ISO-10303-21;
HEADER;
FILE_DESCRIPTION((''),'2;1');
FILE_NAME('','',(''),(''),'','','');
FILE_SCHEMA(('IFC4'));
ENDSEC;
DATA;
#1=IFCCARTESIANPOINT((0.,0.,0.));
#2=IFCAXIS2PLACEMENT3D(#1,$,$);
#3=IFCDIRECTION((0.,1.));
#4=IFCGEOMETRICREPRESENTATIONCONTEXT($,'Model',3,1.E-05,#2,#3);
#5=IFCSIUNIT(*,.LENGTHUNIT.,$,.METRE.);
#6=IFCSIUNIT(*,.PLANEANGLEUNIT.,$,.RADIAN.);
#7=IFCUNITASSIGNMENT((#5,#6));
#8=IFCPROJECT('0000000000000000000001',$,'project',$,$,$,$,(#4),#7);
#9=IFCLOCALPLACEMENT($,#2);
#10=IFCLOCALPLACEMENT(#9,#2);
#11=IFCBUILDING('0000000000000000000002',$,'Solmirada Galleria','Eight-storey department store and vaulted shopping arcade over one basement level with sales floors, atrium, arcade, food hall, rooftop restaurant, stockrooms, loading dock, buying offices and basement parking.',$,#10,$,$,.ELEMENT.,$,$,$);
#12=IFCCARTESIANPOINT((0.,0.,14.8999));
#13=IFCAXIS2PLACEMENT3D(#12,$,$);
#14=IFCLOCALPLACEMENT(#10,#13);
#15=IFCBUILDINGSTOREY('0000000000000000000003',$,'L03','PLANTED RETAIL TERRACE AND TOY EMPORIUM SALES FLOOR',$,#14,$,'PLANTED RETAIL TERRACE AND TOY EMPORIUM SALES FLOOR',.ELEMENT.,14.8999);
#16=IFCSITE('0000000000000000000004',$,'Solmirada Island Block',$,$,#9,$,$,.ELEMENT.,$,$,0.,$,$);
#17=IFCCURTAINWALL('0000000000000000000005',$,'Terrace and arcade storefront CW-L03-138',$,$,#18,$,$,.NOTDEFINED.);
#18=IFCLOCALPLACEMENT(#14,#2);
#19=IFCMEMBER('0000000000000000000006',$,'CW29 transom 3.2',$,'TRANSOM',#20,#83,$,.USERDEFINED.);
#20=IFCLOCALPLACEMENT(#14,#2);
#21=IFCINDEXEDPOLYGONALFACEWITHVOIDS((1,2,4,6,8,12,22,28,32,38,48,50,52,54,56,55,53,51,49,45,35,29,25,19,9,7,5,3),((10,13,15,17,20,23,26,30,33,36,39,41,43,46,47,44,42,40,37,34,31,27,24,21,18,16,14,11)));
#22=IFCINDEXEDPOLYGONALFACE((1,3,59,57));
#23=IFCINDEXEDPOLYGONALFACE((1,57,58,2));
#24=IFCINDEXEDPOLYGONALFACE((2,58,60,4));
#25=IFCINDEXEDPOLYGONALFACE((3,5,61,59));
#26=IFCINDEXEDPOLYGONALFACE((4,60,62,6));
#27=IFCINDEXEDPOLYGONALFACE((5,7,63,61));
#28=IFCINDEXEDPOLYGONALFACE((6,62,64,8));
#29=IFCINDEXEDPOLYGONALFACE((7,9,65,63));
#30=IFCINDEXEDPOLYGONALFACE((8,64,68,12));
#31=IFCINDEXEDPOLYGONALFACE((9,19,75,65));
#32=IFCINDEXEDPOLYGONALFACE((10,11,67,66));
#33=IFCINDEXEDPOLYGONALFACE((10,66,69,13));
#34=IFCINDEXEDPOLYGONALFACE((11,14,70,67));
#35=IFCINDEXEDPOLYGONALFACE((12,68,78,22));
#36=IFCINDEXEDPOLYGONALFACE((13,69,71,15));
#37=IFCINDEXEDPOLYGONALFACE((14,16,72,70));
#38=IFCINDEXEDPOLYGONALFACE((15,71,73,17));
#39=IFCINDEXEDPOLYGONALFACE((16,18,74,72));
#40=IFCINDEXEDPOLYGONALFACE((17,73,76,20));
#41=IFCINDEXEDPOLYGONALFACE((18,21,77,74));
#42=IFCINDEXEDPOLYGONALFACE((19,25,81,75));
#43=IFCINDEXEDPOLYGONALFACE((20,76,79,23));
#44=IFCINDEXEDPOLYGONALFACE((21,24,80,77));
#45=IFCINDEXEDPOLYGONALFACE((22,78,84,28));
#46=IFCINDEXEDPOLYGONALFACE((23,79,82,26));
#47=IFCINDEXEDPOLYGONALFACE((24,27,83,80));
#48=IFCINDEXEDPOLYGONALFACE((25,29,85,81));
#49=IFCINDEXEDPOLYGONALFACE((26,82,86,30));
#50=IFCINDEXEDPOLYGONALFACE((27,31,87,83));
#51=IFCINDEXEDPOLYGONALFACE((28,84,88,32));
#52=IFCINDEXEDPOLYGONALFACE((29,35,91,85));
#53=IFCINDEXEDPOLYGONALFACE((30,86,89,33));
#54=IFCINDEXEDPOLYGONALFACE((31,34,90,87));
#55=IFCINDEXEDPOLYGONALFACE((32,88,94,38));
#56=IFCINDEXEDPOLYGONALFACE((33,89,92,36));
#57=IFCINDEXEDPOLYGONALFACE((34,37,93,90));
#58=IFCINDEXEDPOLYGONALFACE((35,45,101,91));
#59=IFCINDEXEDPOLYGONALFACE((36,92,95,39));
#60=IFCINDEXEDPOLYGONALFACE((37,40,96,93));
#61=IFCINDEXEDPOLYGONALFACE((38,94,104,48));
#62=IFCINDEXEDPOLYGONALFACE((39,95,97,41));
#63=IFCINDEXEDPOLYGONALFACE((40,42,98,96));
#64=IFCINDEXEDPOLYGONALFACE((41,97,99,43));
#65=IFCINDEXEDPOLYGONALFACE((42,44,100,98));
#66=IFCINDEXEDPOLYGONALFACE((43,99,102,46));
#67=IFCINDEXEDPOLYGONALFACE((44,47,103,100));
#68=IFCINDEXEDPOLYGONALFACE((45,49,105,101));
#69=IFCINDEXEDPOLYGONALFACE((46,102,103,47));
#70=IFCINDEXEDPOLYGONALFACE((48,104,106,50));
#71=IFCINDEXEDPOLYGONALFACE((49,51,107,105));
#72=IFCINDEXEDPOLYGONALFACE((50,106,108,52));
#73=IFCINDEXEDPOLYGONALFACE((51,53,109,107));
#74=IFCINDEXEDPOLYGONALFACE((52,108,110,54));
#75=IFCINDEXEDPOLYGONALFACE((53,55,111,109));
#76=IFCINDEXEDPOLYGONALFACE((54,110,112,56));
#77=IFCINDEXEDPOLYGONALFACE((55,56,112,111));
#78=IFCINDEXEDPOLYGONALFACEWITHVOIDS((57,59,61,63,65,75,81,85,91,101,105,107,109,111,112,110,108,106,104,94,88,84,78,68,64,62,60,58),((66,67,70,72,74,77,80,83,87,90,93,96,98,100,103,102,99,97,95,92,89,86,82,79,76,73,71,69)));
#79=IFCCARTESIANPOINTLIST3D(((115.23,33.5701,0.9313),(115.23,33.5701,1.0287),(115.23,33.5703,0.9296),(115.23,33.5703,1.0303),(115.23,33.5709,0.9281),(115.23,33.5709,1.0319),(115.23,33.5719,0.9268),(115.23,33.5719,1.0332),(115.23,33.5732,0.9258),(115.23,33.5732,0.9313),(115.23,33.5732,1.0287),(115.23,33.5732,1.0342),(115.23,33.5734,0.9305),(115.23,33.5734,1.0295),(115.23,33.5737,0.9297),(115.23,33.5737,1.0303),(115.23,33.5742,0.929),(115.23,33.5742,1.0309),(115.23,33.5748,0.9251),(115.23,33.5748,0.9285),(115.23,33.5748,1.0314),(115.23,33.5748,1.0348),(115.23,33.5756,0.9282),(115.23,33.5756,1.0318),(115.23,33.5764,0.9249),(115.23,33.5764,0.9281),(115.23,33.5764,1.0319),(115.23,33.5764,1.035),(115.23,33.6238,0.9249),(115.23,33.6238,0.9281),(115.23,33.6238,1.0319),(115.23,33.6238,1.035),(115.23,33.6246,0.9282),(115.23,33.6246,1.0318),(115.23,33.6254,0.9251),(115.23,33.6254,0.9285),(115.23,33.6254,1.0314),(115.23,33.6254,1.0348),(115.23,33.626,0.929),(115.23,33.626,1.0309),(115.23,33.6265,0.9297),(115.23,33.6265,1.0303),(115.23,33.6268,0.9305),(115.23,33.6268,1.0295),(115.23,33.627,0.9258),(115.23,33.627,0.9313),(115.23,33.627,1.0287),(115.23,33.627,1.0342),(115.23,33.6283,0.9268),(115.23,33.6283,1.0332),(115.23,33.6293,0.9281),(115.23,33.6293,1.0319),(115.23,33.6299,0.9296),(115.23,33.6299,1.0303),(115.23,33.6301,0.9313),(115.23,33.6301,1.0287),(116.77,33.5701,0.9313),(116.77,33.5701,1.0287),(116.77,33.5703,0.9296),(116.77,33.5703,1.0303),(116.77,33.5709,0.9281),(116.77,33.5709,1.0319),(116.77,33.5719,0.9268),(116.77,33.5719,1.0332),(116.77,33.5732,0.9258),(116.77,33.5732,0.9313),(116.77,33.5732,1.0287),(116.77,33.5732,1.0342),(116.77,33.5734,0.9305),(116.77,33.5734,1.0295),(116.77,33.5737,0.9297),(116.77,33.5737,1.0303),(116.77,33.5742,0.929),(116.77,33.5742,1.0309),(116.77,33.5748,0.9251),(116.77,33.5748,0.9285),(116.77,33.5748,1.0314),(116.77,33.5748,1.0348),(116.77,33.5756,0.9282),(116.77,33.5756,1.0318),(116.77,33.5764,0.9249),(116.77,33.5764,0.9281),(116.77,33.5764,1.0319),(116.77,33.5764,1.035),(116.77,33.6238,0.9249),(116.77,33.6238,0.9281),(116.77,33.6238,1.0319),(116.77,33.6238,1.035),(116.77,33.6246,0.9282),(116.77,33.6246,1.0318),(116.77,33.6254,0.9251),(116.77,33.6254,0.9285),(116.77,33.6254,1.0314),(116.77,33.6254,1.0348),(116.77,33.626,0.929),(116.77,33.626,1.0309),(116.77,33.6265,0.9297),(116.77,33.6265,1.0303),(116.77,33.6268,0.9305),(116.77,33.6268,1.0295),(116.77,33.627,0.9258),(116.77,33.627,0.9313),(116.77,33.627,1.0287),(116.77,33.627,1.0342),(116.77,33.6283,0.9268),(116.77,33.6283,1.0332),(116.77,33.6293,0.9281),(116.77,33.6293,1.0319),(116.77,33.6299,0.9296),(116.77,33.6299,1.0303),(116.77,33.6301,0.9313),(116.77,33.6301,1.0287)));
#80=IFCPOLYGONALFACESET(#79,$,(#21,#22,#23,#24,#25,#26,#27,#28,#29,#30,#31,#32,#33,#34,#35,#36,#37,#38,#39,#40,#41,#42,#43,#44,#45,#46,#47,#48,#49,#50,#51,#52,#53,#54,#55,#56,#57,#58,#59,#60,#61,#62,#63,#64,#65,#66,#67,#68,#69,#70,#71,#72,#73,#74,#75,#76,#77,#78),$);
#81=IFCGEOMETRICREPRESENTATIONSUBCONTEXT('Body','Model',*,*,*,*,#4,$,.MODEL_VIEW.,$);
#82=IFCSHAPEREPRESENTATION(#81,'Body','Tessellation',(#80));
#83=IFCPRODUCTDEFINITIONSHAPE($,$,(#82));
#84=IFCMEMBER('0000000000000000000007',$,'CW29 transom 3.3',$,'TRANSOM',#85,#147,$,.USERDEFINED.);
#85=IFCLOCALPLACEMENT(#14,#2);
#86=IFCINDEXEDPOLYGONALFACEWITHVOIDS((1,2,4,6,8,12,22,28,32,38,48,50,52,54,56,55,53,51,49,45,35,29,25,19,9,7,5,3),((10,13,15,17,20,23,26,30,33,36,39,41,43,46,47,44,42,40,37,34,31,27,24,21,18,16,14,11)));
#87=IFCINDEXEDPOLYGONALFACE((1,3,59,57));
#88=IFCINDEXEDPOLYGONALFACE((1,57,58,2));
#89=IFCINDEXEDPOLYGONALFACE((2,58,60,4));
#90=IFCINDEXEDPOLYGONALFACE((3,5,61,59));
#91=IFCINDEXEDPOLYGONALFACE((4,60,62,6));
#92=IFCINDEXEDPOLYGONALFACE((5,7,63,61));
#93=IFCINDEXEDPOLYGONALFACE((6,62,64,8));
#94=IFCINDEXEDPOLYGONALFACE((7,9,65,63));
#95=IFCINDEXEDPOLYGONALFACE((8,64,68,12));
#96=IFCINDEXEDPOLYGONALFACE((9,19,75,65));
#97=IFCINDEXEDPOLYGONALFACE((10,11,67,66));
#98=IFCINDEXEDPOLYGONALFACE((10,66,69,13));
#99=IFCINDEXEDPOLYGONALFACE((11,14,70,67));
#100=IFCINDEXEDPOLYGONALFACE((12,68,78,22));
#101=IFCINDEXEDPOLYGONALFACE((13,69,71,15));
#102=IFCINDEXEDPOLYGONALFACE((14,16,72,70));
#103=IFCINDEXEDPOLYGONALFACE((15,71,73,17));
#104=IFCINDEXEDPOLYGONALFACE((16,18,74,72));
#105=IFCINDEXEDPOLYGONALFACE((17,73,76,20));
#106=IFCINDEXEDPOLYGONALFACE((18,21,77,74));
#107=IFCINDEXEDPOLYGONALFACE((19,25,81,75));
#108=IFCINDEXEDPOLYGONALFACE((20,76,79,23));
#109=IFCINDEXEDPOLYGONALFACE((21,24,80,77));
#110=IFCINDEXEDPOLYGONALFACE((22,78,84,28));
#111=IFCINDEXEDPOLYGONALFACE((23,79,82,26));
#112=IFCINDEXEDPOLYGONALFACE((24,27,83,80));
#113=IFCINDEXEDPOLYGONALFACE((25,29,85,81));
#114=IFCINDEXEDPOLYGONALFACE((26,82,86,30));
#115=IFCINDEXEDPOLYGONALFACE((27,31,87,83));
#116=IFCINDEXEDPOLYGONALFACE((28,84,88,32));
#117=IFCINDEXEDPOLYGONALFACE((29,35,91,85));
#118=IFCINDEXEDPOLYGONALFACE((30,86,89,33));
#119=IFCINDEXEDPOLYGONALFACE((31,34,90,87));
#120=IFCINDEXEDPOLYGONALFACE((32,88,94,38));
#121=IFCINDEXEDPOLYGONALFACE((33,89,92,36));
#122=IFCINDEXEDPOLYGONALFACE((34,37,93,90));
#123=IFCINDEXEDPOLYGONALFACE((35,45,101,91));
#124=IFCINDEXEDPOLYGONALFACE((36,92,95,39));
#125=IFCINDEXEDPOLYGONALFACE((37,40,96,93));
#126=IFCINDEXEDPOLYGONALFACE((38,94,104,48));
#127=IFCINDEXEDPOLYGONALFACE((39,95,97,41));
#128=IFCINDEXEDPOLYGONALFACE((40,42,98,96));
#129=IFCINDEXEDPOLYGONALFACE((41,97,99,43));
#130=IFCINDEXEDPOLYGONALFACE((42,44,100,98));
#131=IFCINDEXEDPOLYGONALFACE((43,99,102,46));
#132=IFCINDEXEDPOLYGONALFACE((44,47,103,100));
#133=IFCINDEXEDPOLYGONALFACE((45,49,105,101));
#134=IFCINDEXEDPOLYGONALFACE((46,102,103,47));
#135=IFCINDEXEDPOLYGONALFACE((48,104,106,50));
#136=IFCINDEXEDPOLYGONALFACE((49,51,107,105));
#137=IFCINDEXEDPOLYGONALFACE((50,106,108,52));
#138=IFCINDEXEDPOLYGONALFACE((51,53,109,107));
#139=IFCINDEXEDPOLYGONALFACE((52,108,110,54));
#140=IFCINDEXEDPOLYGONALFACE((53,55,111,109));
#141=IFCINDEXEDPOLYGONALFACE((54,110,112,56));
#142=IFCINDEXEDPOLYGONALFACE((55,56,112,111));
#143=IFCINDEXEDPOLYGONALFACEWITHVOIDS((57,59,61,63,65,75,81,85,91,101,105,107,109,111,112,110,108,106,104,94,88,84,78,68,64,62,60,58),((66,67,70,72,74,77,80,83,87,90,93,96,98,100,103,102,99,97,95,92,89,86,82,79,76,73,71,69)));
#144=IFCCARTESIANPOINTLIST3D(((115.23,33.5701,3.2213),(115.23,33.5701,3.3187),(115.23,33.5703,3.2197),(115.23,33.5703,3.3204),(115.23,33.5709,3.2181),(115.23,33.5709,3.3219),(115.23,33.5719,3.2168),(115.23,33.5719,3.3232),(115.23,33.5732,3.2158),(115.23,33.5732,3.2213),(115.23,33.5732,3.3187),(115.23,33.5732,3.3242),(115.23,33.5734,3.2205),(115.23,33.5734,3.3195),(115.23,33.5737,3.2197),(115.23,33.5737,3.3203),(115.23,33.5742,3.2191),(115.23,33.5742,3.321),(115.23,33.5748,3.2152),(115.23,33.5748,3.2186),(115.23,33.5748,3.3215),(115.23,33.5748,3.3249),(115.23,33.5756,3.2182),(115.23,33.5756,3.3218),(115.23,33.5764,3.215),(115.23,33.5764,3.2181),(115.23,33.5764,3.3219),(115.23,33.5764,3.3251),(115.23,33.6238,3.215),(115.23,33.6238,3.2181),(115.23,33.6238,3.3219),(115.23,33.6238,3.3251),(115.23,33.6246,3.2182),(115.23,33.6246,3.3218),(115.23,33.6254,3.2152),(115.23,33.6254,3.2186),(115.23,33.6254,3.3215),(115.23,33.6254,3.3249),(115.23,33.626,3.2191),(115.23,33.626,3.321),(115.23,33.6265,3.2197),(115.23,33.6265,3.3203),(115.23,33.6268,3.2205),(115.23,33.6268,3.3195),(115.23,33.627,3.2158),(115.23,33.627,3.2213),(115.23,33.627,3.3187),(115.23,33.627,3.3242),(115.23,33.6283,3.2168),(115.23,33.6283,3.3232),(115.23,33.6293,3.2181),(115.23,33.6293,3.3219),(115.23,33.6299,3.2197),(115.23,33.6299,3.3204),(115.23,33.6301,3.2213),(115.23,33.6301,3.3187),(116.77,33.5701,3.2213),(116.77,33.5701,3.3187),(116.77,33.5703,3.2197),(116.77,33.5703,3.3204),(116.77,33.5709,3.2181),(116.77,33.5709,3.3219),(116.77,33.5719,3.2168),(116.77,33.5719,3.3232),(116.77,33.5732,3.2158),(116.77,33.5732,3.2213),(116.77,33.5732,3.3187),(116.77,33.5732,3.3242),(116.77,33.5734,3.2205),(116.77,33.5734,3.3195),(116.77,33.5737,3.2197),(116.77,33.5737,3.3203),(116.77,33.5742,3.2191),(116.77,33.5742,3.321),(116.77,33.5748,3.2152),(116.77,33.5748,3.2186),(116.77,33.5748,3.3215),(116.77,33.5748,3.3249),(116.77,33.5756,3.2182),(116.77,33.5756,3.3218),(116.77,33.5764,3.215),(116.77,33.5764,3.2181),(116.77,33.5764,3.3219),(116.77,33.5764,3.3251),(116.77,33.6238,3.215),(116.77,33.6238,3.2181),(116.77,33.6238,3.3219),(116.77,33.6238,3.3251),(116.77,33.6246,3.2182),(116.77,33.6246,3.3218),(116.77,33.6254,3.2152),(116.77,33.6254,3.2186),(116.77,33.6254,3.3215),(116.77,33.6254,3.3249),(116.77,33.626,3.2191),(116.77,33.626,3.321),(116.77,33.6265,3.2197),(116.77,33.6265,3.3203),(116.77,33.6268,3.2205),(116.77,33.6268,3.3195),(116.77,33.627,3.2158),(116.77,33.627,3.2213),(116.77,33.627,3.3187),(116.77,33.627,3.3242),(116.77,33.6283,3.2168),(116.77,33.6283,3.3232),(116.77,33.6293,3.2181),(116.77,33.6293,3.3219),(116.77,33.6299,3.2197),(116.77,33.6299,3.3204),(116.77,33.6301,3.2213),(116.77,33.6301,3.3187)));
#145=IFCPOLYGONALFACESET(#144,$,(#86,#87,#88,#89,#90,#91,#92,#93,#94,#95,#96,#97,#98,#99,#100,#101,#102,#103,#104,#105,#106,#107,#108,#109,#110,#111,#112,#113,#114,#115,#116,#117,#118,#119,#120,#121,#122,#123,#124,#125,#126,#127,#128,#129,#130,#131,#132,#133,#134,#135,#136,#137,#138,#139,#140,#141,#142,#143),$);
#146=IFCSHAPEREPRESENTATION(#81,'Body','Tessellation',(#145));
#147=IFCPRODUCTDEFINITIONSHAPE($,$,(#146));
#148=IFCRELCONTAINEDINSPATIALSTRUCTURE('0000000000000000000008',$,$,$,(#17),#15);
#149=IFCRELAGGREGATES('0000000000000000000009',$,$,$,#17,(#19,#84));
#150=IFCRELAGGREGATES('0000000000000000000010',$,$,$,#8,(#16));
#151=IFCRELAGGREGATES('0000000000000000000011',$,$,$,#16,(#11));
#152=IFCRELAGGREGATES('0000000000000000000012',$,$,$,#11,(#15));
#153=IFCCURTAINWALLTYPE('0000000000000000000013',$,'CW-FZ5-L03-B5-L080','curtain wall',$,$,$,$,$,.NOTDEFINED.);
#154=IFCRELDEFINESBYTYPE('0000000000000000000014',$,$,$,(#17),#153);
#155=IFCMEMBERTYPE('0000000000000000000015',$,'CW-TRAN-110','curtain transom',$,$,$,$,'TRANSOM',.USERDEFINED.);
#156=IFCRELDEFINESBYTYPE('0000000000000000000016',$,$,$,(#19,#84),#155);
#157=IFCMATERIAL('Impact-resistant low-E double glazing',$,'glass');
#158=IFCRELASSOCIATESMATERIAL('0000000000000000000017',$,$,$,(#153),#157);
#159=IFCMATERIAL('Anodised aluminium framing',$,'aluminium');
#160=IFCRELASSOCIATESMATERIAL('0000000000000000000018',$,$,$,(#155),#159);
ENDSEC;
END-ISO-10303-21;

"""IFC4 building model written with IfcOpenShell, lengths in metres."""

from ifc_helpers import new_model, si_unit, direction, frame, origin, origin_2d, place, context, subcontext, project, spatial, hollow_rectangle, extrude, material, material_profile, profile_set, type_object, element, aggregate, save


model = new_model("IFC4")

# Units and contexts
model_context = context("Model", 3, precision=1e-05, world=origin(), true_north=direction((0.0, 1.0)))
body_context = subcontext(model_context, "Body", "Model", "MODEL_VIEW")
ifc_project = project(units=[si_unit("LENGTHUNIT", "METRE"), si_unit("PLANEANGLEUNIT", "RADIAN")], contexts=[model_context])

# Site, building, storey
site_placement = place(None, origin())
site = spatial("IfcSite", under=ifc_project, at=site_placement, Name="Solmirada Island Block", CompositionType="ELEMENT", RefElevation=0.0)
building_placement = place(site_placement, origin())
building = spatial("IfcBuilding", under=site, at=building_placement, Name="Solmirada Galleria", Description="Eight-storey department store and vaulted shopping arcade over one basement level with sales floors, atrium, arcade, food hall, rooftop restaurant, stockrooms, loading dock, buying offices and basement parking.", CompositionType="ELEMENT")
storey_placement = place(building_placement, frame((0.0, 0.0, 14.8999)))
storey = spatial("IfcBuildingStorey", under=building, at=storey_placement, Name="L03", Description="PLANTED RETAIL TERRACE AND TOY EMPORIUM SALES FLOOR", LongName="PLANTED RETAIL TERRACE AND TOY EMPORIUM SALES FLOOR", CompositionType="ELEMENT", Elevation=14.8999)

# Curtain wall, members
ifc_material_1 = material(Name="Impact-resistant low-E double glazing", Category="glass")
curtain_wall_type = type_object("IfcCurtainWallType", Name="CW-FZ5-L03-B5-L080", Description="curtain wall", PredefinedType="NOTDEFINED", material=ifc_material_1)
curtain_wall_placement = place(storey_placement, origin())
curtain_wall = element("IfcCurtainWall", 1, at=curtain_wall_placement, inside=storey, type_object=curtain_wall_type, Name="Terrace and arcade storefront CW-L03-138", PredefinedType="NOTDEFINED")
ifc_material_2 = material(Name="Anodised aluminium framing", Category="aluminium")
ifc_material_profile_1 = material_profile(ifc_material_2, hollow_rectangle(XDim=0.0601, YDim=0.1101, WallThickness=0.0032, InnerFilletRadius=0.0032, OuterFilletRadius=0.0063, at=origin_2d()), Name="ALU-TRAN-110X60")
ifc_profile_set_1 = profile_set([ifc_material_profile_1], Name="Anodised aluminium framing")
member_type_1 = type_object("IfcMemberType", Name="CW-TRAN-110", Description="curtain transom", ElementType="TRANSOM", PredefinedType="USERDEFINED", material=ifc_profile_set_1)
member_1_placement = place(storey_placement, frame((115.23, 33.6001, 0.98), z_axis=(1.0, 0.0, 0.0), x_axis=(0.0, 1.0, 0.0)))
member_1 = element("IfcMember", 2, at=member_1_placement, type_object=member_type_1, Name="CW29 transom 3.2", ObjectType="TRANSOM", PredefinedType="USERDEFINED", context=body_context, shape_type="SweptSolid", body=[
    extrude(hollow_rectangle(XDim=0.0601, YDim=0.1101, WallThickness=0.0032, InnerFilletRadius=0.0032, OuterFilletRadius=0.0063, at=origin_2d()), origin(), (0.0, 0.0, 1.0), 1.54),
])
member_2_placement = place(storey_placement, frame((115.23, 33.6001, 3.27), z_axis=(1.0, 0.0, 0.0), x_axis=(0.0, 1.0, 0.0)))
member_2 = element("IfcMember", 3, at=member_2_placement, type_object=member_type_1, Name="CW29 transom 3.3", ObjectType="TRANSOM", PredefinedType="USERDEFINED", context=body_context, shape_type="SweptSolid", body=[
    extrude(hollow_rectangle(XDim=0.0601, YDim=0.1101, WallThickness=0.0032, InnerFilletRadius=0.0032, OuterFilletRadius=0.0063, at=origin_2d()), origin(), (0.0, 0.0, 1.0), 1.54),
])
aggregate(curtain_wall, [member_1, member_2])

save(model, "model.ifc")
